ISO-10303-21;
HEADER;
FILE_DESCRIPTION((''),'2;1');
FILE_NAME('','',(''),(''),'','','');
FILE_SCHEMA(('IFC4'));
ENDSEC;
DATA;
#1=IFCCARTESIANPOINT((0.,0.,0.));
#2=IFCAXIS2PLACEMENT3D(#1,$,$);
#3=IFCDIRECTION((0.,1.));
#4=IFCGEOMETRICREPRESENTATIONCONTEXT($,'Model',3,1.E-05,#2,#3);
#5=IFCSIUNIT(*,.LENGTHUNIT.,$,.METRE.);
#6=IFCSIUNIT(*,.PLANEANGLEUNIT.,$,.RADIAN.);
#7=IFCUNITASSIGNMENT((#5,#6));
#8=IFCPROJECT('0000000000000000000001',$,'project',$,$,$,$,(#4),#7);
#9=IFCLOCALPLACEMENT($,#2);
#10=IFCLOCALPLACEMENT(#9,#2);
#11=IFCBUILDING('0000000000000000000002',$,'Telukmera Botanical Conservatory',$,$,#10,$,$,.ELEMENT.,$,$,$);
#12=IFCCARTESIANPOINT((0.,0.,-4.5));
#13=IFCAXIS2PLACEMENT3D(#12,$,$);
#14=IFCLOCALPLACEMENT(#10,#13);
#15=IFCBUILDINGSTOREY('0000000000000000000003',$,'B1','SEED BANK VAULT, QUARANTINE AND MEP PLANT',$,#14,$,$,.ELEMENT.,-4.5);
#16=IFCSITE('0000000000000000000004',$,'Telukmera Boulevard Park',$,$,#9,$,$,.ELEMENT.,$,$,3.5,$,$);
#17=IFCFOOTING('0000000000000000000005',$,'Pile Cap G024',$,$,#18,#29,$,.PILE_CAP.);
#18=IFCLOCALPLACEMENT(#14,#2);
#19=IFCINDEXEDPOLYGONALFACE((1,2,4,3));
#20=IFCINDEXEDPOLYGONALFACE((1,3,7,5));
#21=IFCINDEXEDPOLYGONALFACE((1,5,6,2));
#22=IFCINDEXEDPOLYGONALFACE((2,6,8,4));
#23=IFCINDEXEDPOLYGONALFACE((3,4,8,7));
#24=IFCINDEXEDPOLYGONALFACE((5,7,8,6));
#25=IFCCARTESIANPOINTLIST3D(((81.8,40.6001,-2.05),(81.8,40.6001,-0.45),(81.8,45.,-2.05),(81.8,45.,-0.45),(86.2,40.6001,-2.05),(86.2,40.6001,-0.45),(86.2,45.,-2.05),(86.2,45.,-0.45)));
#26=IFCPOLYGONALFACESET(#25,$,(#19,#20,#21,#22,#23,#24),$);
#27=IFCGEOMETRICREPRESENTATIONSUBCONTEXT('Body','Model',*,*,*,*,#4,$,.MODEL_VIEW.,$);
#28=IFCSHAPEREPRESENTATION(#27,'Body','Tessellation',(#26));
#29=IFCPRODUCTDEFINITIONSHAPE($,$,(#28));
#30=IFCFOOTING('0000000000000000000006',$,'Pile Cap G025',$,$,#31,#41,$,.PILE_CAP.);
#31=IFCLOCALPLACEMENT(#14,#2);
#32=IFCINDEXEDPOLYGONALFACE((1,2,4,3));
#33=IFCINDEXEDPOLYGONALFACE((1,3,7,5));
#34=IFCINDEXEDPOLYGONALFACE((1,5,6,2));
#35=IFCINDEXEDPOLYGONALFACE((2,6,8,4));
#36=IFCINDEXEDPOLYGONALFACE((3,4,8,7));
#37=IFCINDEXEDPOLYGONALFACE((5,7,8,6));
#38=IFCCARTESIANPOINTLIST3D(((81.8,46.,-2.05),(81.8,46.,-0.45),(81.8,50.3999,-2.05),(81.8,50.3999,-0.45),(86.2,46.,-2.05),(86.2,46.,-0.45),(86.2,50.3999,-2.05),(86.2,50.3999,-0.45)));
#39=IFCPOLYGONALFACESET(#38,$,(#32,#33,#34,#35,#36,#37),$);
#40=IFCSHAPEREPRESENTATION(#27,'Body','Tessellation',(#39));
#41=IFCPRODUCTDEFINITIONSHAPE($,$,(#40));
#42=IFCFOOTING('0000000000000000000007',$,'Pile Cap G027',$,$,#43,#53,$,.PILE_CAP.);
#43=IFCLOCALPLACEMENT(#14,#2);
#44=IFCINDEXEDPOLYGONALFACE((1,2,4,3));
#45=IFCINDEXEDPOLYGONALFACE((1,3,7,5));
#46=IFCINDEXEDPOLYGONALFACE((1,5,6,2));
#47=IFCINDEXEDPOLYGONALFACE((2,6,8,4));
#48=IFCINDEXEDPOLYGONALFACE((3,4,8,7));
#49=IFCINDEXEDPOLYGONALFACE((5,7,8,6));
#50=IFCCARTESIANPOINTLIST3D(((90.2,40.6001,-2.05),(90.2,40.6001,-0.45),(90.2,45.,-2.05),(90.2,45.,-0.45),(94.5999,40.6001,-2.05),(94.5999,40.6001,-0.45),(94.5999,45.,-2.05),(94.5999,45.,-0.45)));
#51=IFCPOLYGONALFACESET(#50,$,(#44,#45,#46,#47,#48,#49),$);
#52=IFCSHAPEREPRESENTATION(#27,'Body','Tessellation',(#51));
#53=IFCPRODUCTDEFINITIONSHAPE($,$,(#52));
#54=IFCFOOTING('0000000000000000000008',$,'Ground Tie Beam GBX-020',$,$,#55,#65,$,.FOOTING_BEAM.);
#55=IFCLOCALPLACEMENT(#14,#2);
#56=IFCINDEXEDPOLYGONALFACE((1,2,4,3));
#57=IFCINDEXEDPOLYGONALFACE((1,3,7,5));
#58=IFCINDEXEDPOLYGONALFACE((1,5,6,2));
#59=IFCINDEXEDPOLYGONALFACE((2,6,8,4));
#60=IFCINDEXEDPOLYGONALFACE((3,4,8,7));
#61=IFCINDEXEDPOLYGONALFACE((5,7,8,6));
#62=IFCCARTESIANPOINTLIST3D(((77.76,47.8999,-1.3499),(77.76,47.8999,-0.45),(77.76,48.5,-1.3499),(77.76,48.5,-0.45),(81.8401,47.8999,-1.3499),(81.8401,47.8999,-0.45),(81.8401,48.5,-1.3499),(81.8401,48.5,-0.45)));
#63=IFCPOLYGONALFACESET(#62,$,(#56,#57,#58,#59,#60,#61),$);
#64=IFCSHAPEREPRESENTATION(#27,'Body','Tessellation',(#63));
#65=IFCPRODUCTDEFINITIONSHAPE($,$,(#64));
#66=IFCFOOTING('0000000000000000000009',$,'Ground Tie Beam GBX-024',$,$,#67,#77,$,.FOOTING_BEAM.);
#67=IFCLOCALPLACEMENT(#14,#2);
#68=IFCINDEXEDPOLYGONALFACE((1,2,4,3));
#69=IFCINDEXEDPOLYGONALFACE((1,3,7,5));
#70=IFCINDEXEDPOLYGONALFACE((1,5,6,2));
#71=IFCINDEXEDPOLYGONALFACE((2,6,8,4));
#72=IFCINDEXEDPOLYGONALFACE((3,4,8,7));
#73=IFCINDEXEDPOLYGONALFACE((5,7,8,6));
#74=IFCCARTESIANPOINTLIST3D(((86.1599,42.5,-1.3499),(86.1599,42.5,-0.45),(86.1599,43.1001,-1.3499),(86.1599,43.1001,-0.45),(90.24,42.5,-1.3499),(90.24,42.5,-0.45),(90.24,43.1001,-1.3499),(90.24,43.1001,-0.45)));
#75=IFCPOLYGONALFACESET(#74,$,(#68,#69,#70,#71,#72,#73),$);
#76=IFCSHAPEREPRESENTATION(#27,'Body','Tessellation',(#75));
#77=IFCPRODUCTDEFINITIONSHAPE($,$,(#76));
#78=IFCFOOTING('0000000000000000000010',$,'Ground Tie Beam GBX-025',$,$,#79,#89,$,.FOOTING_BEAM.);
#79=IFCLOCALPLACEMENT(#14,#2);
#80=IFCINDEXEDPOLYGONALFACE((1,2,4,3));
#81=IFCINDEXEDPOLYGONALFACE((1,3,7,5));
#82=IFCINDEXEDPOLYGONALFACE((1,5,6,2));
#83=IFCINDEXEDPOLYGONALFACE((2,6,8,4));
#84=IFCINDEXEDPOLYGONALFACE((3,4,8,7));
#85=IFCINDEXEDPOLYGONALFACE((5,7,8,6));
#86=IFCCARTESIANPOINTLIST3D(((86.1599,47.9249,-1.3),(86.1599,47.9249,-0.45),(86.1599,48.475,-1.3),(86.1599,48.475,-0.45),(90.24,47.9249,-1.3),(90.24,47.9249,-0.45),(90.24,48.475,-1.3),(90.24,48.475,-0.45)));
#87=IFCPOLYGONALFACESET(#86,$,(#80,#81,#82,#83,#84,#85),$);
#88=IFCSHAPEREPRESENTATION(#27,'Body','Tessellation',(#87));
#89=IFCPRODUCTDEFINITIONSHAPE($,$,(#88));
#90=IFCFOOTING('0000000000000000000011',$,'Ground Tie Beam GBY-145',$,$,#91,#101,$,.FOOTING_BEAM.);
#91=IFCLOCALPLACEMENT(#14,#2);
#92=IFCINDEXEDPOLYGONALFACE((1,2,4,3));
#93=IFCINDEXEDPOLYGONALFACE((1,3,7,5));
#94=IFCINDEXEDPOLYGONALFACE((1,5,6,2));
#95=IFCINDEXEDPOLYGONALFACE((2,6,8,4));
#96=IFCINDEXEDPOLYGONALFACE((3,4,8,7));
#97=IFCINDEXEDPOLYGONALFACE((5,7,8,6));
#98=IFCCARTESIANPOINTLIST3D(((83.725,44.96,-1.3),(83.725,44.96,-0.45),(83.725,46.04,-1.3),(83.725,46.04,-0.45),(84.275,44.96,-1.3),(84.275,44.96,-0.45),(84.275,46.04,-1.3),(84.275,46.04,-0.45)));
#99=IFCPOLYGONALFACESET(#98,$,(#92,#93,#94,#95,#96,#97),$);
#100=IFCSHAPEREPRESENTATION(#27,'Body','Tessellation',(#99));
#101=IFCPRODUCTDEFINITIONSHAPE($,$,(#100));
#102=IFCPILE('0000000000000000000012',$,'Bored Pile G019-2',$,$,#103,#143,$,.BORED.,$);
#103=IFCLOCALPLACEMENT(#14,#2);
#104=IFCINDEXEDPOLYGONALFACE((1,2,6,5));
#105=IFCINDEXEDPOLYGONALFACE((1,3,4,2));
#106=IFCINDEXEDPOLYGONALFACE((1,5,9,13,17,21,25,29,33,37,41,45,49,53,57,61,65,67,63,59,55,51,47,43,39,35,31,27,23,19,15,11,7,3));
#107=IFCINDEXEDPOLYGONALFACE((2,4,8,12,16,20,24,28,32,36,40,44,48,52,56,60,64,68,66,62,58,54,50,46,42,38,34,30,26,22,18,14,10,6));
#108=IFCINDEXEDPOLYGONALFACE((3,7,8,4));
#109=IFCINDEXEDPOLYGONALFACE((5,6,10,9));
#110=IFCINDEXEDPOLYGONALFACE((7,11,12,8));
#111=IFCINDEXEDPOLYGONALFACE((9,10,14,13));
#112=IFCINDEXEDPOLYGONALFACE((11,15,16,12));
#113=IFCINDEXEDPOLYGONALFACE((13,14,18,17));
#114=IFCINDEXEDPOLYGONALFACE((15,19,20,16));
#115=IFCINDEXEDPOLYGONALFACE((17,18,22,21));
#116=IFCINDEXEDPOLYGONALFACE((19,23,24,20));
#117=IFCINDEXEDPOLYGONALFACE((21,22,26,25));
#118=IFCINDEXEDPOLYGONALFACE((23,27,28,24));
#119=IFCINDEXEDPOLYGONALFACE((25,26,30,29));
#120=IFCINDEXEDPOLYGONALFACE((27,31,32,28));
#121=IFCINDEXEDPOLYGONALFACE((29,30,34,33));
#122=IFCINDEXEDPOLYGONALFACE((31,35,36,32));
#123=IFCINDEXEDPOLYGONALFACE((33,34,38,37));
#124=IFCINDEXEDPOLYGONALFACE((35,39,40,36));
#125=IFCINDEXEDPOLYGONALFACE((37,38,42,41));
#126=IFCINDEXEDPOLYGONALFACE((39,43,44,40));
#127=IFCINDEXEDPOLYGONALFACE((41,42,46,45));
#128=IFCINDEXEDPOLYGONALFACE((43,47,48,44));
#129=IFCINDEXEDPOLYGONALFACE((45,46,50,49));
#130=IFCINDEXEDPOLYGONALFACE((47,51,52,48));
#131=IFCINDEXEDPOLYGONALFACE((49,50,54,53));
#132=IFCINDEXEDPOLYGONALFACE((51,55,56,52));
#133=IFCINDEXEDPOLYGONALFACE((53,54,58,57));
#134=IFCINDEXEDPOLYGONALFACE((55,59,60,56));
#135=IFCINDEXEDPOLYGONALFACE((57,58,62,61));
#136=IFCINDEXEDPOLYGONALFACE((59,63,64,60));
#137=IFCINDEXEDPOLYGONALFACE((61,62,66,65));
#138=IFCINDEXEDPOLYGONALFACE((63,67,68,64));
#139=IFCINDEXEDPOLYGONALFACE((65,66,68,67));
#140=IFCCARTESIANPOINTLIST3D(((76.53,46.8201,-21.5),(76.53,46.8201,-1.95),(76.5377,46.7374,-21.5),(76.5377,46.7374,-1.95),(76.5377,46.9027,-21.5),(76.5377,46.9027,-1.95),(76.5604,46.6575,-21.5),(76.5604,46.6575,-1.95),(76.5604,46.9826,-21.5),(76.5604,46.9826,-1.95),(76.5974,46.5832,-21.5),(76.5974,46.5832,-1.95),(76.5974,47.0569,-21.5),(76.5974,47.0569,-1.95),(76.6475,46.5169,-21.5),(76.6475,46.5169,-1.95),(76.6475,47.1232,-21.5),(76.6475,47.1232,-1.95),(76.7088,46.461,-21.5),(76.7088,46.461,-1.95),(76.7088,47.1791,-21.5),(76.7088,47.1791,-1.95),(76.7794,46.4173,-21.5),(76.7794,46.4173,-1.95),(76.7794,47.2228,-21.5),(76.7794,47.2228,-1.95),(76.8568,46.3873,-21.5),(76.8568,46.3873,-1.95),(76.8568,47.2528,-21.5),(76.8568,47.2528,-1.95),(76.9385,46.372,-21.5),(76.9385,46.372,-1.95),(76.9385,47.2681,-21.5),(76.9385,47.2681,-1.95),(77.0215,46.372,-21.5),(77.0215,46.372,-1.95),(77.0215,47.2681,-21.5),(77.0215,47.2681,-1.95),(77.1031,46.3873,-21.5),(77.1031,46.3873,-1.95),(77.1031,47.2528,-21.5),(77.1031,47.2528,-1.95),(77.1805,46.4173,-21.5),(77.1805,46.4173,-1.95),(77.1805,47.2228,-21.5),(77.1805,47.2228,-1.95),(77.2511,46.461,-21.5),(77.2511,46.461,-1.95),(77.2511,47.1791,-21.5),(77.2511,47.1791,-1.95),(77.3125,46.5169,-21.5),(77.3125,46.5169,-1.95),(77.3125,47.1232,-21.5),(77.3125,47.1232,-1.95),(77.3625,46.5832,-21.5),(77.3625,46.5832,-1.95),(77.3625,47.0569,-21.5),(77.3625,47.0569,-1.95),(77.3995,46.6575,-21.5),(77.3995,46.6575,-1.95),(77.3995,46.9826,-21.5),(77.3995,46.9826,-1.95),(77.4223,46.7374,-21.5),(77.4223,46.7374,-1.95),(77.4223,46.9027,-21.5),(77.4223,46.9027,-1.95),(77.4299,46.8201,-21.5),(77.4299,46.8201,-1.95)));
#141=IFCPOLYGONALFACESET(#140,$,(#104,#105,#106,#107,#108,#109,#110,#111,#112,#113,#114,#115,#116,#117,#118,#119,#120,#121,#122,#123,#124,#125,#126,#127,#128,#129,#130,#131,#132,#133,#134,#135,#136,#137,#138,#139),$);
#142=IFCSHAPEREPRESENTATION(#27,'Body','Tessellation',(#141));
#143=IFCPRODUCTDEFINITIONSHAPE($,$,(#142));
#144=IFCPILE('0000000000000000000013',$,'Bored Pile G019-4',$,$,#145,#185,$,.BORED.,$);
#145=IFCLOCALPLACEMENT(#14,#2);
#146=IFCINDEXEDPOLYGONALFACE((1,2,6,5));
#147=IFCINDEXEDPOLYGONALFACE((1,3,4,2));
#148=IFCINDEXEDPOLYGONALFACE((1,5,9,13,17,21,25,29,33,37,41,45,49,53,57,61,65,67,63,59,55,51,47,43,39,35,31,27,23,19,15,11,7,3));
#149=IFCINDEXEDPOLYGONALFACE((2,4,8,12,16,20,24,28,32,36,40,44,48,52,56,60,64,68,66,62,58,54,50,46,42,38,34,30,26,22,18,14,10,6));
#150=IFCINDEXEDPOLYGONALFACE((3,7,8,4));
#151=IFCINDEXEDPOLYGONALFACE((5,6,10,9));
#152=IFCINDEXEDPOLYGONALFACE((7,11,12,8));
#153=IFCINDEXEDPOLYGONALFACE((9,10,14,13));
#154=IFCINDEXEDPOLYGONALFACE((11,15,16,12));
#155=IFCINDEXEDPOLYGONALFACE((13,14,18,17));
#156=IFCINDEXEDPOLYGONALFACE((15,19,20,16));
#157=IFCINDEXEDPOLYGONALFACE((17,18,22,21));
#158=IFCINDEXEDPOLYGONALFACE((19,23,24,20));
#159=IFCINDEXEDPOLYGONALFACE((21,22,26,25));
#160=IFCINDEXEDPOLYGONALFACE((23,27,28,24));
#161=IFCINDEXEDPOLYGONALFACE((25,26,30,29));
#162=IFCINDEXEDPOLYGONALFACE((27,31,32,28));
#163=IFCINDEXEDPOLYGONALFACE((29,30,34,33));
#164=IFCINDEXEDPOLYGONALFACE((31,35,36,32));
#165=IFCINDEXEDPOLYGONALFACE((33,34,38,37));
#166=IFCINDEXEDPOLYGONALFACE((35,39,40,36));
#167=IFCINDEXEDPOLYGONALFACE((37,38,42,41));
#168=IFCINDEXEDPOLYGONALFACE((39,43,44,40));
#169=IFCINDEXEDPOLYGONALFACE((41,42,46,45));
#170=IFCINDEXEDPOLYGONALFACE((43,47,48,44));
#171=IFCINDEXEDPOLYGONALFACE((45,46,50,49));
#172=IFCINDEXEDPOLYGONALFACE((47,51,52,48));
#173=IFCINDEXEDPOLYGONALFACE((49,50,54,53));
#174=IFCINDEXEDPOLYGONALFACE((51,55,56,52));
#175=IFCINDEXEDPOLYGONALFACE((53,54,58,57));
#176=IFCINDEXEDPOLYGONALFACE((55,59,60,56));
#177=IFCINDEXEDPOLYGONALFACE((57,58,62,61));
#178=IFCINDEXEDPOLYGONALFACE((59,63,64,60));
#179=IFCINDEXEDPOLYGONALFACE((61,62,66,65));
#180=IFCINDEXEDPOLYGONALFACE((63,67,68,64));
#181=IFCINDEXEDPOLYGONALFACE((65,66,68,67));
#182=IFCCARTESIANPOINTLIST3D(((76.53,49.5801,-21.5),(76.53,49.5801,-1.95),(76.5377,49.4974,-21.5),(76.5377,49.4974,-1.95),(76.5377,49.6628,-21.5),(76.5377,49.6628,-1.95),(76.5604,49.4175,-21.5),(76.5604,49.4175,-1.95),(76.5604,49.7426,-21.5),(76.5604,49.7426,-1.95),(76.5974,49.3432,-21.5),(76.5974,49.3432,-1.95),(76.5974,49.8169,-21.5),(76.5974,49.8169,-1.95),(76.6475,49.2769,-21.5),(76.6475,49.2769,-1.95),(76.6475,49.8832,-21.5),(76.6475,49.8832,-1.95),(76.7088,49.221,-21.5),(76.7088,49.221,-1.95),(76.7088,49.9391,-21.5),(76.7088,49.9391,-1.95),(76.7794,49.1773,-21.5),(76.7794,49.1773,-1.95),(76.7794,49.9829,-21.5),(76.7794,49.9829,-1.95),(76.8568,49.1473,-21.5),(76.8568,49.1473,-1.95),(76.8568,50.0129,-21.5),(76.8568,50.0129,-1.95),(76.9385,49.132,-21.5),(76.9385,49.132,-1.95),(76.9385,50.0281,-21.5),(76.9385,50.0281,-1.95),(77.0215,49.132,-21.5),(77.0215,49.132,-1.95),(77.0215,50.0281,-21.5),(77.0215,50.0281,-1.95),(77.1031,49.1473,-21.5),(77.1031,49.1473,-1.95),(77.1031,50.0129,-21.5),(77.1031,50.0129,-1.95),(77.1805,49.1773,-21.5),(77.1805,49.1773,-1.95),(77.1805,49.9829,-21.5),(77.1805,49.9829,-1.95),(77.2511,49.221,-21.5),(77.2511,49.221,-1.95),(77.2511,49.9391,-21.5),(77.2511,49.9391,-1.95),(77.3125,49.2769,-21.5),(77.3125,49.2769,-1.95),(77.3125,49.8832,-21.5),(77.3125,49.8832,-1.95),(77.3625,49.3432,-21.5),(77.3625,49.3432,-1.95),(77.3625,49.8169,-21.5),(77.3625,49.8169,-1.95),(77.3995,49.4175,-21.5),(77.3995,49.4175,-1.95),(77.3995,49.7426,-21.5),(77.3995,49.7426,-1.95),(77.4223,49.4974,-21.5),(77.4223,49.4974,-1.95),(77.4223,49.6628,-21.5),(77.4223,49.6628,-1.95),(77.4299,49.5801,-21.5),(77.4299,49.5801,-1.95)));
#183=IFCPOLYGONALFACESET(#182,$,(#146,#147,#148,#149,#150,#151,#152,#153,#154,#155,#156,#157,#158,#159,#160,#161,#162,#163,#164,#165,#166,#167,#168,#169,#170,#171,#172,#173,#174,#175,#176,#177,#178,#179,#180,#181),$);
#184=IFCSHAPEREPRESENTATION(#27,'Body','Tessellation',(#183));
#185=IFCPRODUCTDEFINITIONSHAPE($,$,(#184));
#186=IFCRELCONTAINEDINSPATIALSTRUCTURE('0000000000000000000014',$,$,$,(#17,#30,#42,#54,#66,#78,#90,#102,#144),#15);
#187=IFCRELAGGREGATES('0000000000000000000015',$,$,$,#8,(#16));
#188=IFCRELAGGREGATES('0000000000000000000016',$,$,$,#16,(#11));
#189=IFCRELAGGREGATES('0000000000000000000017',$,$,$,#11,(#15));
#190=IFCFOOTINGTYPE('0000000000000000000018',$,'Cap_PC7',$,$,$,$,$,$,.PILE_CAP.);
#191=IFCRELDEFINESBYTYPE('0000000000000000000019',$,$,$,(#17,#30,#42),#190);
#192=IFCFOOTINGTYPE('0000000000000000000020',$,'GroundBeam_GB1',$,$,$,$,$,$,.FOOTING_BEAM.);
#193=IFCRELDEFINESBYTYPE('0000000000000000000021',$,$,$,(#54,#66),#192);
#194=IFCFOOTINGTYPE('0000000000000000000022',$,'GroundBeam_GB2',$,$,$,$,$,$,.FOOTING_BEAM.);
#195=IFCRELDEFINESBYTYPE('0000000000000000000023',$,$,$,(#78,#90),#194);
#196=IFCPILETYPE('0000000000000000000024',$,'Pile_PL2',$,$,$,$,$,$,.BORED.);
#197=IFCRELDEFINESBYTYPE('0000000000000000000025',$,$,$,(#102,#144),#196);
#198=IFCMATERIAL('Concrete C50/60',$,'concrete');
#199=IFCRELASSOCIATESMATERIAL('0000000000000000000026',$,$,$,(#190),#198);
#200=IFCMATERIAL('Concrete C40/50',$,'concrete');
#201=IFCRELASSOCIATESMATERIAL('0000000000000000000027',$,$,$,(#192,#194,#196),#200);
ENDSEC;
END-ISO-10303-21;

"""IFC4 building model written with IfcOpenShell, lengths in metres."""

from ifc_helpers import new_model, si_unit, direction, frame, origin, origin_2d, place, context, subcontext, project, spatial, rectangle, circle, extrude, material, material_profile, profile_set, type_object, element, save


model = new_model("IFC4")

# Units and contexts
model_context = context("Model", 3, precision=1e-05, world=origin(), true_north=direction((0.0, 1.0)))
body_context = subcontext(model_context, "Body", "Model", "MODEL_VIEW")
ifc_project = project(units=[si_unit("LENGTHUNIT", "METRE"), si_unit("PLANEANGLEUNIT", "RADIAN")], contexts=[model_context])

# Site, building, storey
site_placement = place(None, origin())
site = spatial("IfcSite", under=ifc_project, at=site_placement, Name="Telukmera Boulevard Park", CompositionType="ELEMENT", RefElevation=3.5)
building_placement = place(site_placement, origin())
building = spatial("IfcBuilding", under=site, at=building_placement, Name="Telukmera Botanical Conservatory", CompositionType="ELEMENT")
storey_placement = place(building_placement, frame((0.0, 0.0, -4.5)))
storey = spatial("IfcBuildingStorey", under=building, at=storey_placement, Name="B1", Description="SEED BANK VAULT, QUARANTINE AND MEP PLANT", CompositionType="ELEMENT", Elevation=-4.5)

# Footings
ifc_material_1 = material(Name="Concrete C50/60", Category="concrete")
footing_type_1 = type_object("IfcFootingType", Name="Cap_PC7", PredefinedType="PILE_CAP", material=ifc_material_1)
for number, where, z_axis, x_axis, name in (
    (1, (84.0, 42.8, -2.05), (0.0, 0.0, 1.0), (1.0, 0.0, 0.0), "Pile Cap G024"),
    (2, (84.0, 48.2, -2.05), (0.0, 0.0, 1.0), (1.0, 0.0, 0.0), "Pile Cap G025"),
    (3, (92.3999, 42.8, -2.05), (0.0, 0.0, 1.0), (1.0, 0.0, 0.0), "Pile Cap G027"),
):
    element("IfcFooting", number, at=place(storey_placement, frame(where, z_axis=z_axis, x_axis=x_axis)), inside=storey, type_object=footing_type_1, Name=name, PredefinedType="PILE_CAP", context=body_context, shape_type="SweptSolid", body=[
        extrude(rectangle(XDim=4.3999, YDim=4.3999, at=origin_2d()), origin(), (0.0, 0.0, 1.0), 1.6001),
    ])
ifc_material_2 = material(Name="Concrete C40/50", Category="concrete")
ifc_material_profile_1 = material_profile(ifc_material_2, rectangle(XDim=0.6001, YDim=0.8999, at=origin_2d()), Name="RC 600x900")
ifc_profile_set_1 = profile_set([ifc_material_profile_1], Name="Concrete C40/50")
footing_type_2 = type_object("IfcFootingType", Name="GroundBeam_GB1", PredefinedType="FOOTING_BEAM", material=ifc_profile_set_1)
for number, where, z_axis, x_axis, name in (
    (4, (77.76, 48.2, -0.8999), (1.0, 0.0, 0.0), (0.0, 1.0, 0.0), "Ground Tie Beam GBX-020"),
    (5, (86.1599, 42.8, -0.8999), (1.0, 0.0, 0.0), (0.0, 1.0, 0.0), "Ground Tie Beam GBX-024"),
):
    element("IfcFooting", number, at=place(storey_placement, frame(where, z_axis=z_axis, x_axis=x_axis)), inside=storey, type_object=footing_type_2, Name=name, PredefinedType="FOOTING_BEAM", context=body_context, shape_type="SweptSolid", body=[
        extrude(rectangle(XDim=0.6001, YDim=0.8999, at=origin_2d()), origin(), (0.0, 0.0, 1.0), 4.0801),
    ])
ifc_material_profile_2 = material_profile(ifc_material_2, rectangle(XDim=0.55, YDim=0.8501, at=origin_2d()), Name="RC 550x850")
ifc_profile_set_2 = profile_set([ifc_material_profile_2], Name="Concrete C40/50")
footing_type_3 = type_object("IfcFootingType", Name="GroundBeam_GB2", PredefinedType="FOOTING_BEAM", material=ifc_profile_set_2)
footing_1_placement = place(storey_placement, frame((86.1599, 48.2, -0.875), z_axis=(1.0, 0.0, 0.0), x_axis=(0.0, 1.0, 0.0)))
element("IfcFooting", 6, at=footing_1_placement, inside=storey, type_object=footing_type_3, Name="Ground Tie Beam GBX-025", PredefinedType="FOOTING_BEAM", context=body_context, shape_type="SweptSolid", body=[
    extrude(rectangle(XDim=0.55, YDim=0.8501, at=origin_2d()), origin(), (0.0, 0.0, 1.0), 4.0801),
])
footing_2_placement = place(storey_placement, frame((84.0, 44.96, -0.875), z_axis=(0.0, 1.0, 0.0), x_axis=(-1.0, 0.0, 0.0)))
element("IfcFooting", 7, at=footing_2_placement, inside=storey, type_object=footing_type_3, Name="Ground Tie Beam GBY-145", PredefinedType="FOOTING_BEAM", context=body_context, shape_type="SweptSolid", body=[
    extrude(rectangle(XDim=0.55, YDim=0.8501, at=origin_2d()), origin(), (0.0, 0.0, 1.0), 1.0801),
])

# Piles
ifc_material_profile_3 = material_profile(ifc_material_2, circle(Radius=0.45, at=origin_2d()), Name="PILE D900")
ifc_profile_set_3 = profile_set([ifc_material_profile_3], Name="Concrete C40/50")
pile_type = type_object("IfcPileType", Name="Pile_PL2", PredefinedType="BORED", material=ifc_profile_set_3)
for number, where, z_axis, x_axis, name in (
    (8, (76.98, 46.8201, -1.95), (0.0, 0.0, -1.0), (1.0, 0.0, 0.0), "Bored Pile G019-2"),
    (9, (76.98, 49.5801, -1.95), (0.0, 0.0, -1.0), (1.0, 0.0, 0.0), "Bored Pile G019-4"),
):
    element("IfcPile", number, at=place(storey_placement, frame(where, z_axis=z_axis, x_axis=x_axis)), inside=storey, type_object=pile_type, Name=name, PredefinedType="BORED", context=body_context, shape_type="SweptSolid", body=[
        extrude(circle(Radius=0.45, at=origin_2d()), origin(), (0.0, 0.0, 1.0), 19.55),
    ])

save(model, "model.ifc")
